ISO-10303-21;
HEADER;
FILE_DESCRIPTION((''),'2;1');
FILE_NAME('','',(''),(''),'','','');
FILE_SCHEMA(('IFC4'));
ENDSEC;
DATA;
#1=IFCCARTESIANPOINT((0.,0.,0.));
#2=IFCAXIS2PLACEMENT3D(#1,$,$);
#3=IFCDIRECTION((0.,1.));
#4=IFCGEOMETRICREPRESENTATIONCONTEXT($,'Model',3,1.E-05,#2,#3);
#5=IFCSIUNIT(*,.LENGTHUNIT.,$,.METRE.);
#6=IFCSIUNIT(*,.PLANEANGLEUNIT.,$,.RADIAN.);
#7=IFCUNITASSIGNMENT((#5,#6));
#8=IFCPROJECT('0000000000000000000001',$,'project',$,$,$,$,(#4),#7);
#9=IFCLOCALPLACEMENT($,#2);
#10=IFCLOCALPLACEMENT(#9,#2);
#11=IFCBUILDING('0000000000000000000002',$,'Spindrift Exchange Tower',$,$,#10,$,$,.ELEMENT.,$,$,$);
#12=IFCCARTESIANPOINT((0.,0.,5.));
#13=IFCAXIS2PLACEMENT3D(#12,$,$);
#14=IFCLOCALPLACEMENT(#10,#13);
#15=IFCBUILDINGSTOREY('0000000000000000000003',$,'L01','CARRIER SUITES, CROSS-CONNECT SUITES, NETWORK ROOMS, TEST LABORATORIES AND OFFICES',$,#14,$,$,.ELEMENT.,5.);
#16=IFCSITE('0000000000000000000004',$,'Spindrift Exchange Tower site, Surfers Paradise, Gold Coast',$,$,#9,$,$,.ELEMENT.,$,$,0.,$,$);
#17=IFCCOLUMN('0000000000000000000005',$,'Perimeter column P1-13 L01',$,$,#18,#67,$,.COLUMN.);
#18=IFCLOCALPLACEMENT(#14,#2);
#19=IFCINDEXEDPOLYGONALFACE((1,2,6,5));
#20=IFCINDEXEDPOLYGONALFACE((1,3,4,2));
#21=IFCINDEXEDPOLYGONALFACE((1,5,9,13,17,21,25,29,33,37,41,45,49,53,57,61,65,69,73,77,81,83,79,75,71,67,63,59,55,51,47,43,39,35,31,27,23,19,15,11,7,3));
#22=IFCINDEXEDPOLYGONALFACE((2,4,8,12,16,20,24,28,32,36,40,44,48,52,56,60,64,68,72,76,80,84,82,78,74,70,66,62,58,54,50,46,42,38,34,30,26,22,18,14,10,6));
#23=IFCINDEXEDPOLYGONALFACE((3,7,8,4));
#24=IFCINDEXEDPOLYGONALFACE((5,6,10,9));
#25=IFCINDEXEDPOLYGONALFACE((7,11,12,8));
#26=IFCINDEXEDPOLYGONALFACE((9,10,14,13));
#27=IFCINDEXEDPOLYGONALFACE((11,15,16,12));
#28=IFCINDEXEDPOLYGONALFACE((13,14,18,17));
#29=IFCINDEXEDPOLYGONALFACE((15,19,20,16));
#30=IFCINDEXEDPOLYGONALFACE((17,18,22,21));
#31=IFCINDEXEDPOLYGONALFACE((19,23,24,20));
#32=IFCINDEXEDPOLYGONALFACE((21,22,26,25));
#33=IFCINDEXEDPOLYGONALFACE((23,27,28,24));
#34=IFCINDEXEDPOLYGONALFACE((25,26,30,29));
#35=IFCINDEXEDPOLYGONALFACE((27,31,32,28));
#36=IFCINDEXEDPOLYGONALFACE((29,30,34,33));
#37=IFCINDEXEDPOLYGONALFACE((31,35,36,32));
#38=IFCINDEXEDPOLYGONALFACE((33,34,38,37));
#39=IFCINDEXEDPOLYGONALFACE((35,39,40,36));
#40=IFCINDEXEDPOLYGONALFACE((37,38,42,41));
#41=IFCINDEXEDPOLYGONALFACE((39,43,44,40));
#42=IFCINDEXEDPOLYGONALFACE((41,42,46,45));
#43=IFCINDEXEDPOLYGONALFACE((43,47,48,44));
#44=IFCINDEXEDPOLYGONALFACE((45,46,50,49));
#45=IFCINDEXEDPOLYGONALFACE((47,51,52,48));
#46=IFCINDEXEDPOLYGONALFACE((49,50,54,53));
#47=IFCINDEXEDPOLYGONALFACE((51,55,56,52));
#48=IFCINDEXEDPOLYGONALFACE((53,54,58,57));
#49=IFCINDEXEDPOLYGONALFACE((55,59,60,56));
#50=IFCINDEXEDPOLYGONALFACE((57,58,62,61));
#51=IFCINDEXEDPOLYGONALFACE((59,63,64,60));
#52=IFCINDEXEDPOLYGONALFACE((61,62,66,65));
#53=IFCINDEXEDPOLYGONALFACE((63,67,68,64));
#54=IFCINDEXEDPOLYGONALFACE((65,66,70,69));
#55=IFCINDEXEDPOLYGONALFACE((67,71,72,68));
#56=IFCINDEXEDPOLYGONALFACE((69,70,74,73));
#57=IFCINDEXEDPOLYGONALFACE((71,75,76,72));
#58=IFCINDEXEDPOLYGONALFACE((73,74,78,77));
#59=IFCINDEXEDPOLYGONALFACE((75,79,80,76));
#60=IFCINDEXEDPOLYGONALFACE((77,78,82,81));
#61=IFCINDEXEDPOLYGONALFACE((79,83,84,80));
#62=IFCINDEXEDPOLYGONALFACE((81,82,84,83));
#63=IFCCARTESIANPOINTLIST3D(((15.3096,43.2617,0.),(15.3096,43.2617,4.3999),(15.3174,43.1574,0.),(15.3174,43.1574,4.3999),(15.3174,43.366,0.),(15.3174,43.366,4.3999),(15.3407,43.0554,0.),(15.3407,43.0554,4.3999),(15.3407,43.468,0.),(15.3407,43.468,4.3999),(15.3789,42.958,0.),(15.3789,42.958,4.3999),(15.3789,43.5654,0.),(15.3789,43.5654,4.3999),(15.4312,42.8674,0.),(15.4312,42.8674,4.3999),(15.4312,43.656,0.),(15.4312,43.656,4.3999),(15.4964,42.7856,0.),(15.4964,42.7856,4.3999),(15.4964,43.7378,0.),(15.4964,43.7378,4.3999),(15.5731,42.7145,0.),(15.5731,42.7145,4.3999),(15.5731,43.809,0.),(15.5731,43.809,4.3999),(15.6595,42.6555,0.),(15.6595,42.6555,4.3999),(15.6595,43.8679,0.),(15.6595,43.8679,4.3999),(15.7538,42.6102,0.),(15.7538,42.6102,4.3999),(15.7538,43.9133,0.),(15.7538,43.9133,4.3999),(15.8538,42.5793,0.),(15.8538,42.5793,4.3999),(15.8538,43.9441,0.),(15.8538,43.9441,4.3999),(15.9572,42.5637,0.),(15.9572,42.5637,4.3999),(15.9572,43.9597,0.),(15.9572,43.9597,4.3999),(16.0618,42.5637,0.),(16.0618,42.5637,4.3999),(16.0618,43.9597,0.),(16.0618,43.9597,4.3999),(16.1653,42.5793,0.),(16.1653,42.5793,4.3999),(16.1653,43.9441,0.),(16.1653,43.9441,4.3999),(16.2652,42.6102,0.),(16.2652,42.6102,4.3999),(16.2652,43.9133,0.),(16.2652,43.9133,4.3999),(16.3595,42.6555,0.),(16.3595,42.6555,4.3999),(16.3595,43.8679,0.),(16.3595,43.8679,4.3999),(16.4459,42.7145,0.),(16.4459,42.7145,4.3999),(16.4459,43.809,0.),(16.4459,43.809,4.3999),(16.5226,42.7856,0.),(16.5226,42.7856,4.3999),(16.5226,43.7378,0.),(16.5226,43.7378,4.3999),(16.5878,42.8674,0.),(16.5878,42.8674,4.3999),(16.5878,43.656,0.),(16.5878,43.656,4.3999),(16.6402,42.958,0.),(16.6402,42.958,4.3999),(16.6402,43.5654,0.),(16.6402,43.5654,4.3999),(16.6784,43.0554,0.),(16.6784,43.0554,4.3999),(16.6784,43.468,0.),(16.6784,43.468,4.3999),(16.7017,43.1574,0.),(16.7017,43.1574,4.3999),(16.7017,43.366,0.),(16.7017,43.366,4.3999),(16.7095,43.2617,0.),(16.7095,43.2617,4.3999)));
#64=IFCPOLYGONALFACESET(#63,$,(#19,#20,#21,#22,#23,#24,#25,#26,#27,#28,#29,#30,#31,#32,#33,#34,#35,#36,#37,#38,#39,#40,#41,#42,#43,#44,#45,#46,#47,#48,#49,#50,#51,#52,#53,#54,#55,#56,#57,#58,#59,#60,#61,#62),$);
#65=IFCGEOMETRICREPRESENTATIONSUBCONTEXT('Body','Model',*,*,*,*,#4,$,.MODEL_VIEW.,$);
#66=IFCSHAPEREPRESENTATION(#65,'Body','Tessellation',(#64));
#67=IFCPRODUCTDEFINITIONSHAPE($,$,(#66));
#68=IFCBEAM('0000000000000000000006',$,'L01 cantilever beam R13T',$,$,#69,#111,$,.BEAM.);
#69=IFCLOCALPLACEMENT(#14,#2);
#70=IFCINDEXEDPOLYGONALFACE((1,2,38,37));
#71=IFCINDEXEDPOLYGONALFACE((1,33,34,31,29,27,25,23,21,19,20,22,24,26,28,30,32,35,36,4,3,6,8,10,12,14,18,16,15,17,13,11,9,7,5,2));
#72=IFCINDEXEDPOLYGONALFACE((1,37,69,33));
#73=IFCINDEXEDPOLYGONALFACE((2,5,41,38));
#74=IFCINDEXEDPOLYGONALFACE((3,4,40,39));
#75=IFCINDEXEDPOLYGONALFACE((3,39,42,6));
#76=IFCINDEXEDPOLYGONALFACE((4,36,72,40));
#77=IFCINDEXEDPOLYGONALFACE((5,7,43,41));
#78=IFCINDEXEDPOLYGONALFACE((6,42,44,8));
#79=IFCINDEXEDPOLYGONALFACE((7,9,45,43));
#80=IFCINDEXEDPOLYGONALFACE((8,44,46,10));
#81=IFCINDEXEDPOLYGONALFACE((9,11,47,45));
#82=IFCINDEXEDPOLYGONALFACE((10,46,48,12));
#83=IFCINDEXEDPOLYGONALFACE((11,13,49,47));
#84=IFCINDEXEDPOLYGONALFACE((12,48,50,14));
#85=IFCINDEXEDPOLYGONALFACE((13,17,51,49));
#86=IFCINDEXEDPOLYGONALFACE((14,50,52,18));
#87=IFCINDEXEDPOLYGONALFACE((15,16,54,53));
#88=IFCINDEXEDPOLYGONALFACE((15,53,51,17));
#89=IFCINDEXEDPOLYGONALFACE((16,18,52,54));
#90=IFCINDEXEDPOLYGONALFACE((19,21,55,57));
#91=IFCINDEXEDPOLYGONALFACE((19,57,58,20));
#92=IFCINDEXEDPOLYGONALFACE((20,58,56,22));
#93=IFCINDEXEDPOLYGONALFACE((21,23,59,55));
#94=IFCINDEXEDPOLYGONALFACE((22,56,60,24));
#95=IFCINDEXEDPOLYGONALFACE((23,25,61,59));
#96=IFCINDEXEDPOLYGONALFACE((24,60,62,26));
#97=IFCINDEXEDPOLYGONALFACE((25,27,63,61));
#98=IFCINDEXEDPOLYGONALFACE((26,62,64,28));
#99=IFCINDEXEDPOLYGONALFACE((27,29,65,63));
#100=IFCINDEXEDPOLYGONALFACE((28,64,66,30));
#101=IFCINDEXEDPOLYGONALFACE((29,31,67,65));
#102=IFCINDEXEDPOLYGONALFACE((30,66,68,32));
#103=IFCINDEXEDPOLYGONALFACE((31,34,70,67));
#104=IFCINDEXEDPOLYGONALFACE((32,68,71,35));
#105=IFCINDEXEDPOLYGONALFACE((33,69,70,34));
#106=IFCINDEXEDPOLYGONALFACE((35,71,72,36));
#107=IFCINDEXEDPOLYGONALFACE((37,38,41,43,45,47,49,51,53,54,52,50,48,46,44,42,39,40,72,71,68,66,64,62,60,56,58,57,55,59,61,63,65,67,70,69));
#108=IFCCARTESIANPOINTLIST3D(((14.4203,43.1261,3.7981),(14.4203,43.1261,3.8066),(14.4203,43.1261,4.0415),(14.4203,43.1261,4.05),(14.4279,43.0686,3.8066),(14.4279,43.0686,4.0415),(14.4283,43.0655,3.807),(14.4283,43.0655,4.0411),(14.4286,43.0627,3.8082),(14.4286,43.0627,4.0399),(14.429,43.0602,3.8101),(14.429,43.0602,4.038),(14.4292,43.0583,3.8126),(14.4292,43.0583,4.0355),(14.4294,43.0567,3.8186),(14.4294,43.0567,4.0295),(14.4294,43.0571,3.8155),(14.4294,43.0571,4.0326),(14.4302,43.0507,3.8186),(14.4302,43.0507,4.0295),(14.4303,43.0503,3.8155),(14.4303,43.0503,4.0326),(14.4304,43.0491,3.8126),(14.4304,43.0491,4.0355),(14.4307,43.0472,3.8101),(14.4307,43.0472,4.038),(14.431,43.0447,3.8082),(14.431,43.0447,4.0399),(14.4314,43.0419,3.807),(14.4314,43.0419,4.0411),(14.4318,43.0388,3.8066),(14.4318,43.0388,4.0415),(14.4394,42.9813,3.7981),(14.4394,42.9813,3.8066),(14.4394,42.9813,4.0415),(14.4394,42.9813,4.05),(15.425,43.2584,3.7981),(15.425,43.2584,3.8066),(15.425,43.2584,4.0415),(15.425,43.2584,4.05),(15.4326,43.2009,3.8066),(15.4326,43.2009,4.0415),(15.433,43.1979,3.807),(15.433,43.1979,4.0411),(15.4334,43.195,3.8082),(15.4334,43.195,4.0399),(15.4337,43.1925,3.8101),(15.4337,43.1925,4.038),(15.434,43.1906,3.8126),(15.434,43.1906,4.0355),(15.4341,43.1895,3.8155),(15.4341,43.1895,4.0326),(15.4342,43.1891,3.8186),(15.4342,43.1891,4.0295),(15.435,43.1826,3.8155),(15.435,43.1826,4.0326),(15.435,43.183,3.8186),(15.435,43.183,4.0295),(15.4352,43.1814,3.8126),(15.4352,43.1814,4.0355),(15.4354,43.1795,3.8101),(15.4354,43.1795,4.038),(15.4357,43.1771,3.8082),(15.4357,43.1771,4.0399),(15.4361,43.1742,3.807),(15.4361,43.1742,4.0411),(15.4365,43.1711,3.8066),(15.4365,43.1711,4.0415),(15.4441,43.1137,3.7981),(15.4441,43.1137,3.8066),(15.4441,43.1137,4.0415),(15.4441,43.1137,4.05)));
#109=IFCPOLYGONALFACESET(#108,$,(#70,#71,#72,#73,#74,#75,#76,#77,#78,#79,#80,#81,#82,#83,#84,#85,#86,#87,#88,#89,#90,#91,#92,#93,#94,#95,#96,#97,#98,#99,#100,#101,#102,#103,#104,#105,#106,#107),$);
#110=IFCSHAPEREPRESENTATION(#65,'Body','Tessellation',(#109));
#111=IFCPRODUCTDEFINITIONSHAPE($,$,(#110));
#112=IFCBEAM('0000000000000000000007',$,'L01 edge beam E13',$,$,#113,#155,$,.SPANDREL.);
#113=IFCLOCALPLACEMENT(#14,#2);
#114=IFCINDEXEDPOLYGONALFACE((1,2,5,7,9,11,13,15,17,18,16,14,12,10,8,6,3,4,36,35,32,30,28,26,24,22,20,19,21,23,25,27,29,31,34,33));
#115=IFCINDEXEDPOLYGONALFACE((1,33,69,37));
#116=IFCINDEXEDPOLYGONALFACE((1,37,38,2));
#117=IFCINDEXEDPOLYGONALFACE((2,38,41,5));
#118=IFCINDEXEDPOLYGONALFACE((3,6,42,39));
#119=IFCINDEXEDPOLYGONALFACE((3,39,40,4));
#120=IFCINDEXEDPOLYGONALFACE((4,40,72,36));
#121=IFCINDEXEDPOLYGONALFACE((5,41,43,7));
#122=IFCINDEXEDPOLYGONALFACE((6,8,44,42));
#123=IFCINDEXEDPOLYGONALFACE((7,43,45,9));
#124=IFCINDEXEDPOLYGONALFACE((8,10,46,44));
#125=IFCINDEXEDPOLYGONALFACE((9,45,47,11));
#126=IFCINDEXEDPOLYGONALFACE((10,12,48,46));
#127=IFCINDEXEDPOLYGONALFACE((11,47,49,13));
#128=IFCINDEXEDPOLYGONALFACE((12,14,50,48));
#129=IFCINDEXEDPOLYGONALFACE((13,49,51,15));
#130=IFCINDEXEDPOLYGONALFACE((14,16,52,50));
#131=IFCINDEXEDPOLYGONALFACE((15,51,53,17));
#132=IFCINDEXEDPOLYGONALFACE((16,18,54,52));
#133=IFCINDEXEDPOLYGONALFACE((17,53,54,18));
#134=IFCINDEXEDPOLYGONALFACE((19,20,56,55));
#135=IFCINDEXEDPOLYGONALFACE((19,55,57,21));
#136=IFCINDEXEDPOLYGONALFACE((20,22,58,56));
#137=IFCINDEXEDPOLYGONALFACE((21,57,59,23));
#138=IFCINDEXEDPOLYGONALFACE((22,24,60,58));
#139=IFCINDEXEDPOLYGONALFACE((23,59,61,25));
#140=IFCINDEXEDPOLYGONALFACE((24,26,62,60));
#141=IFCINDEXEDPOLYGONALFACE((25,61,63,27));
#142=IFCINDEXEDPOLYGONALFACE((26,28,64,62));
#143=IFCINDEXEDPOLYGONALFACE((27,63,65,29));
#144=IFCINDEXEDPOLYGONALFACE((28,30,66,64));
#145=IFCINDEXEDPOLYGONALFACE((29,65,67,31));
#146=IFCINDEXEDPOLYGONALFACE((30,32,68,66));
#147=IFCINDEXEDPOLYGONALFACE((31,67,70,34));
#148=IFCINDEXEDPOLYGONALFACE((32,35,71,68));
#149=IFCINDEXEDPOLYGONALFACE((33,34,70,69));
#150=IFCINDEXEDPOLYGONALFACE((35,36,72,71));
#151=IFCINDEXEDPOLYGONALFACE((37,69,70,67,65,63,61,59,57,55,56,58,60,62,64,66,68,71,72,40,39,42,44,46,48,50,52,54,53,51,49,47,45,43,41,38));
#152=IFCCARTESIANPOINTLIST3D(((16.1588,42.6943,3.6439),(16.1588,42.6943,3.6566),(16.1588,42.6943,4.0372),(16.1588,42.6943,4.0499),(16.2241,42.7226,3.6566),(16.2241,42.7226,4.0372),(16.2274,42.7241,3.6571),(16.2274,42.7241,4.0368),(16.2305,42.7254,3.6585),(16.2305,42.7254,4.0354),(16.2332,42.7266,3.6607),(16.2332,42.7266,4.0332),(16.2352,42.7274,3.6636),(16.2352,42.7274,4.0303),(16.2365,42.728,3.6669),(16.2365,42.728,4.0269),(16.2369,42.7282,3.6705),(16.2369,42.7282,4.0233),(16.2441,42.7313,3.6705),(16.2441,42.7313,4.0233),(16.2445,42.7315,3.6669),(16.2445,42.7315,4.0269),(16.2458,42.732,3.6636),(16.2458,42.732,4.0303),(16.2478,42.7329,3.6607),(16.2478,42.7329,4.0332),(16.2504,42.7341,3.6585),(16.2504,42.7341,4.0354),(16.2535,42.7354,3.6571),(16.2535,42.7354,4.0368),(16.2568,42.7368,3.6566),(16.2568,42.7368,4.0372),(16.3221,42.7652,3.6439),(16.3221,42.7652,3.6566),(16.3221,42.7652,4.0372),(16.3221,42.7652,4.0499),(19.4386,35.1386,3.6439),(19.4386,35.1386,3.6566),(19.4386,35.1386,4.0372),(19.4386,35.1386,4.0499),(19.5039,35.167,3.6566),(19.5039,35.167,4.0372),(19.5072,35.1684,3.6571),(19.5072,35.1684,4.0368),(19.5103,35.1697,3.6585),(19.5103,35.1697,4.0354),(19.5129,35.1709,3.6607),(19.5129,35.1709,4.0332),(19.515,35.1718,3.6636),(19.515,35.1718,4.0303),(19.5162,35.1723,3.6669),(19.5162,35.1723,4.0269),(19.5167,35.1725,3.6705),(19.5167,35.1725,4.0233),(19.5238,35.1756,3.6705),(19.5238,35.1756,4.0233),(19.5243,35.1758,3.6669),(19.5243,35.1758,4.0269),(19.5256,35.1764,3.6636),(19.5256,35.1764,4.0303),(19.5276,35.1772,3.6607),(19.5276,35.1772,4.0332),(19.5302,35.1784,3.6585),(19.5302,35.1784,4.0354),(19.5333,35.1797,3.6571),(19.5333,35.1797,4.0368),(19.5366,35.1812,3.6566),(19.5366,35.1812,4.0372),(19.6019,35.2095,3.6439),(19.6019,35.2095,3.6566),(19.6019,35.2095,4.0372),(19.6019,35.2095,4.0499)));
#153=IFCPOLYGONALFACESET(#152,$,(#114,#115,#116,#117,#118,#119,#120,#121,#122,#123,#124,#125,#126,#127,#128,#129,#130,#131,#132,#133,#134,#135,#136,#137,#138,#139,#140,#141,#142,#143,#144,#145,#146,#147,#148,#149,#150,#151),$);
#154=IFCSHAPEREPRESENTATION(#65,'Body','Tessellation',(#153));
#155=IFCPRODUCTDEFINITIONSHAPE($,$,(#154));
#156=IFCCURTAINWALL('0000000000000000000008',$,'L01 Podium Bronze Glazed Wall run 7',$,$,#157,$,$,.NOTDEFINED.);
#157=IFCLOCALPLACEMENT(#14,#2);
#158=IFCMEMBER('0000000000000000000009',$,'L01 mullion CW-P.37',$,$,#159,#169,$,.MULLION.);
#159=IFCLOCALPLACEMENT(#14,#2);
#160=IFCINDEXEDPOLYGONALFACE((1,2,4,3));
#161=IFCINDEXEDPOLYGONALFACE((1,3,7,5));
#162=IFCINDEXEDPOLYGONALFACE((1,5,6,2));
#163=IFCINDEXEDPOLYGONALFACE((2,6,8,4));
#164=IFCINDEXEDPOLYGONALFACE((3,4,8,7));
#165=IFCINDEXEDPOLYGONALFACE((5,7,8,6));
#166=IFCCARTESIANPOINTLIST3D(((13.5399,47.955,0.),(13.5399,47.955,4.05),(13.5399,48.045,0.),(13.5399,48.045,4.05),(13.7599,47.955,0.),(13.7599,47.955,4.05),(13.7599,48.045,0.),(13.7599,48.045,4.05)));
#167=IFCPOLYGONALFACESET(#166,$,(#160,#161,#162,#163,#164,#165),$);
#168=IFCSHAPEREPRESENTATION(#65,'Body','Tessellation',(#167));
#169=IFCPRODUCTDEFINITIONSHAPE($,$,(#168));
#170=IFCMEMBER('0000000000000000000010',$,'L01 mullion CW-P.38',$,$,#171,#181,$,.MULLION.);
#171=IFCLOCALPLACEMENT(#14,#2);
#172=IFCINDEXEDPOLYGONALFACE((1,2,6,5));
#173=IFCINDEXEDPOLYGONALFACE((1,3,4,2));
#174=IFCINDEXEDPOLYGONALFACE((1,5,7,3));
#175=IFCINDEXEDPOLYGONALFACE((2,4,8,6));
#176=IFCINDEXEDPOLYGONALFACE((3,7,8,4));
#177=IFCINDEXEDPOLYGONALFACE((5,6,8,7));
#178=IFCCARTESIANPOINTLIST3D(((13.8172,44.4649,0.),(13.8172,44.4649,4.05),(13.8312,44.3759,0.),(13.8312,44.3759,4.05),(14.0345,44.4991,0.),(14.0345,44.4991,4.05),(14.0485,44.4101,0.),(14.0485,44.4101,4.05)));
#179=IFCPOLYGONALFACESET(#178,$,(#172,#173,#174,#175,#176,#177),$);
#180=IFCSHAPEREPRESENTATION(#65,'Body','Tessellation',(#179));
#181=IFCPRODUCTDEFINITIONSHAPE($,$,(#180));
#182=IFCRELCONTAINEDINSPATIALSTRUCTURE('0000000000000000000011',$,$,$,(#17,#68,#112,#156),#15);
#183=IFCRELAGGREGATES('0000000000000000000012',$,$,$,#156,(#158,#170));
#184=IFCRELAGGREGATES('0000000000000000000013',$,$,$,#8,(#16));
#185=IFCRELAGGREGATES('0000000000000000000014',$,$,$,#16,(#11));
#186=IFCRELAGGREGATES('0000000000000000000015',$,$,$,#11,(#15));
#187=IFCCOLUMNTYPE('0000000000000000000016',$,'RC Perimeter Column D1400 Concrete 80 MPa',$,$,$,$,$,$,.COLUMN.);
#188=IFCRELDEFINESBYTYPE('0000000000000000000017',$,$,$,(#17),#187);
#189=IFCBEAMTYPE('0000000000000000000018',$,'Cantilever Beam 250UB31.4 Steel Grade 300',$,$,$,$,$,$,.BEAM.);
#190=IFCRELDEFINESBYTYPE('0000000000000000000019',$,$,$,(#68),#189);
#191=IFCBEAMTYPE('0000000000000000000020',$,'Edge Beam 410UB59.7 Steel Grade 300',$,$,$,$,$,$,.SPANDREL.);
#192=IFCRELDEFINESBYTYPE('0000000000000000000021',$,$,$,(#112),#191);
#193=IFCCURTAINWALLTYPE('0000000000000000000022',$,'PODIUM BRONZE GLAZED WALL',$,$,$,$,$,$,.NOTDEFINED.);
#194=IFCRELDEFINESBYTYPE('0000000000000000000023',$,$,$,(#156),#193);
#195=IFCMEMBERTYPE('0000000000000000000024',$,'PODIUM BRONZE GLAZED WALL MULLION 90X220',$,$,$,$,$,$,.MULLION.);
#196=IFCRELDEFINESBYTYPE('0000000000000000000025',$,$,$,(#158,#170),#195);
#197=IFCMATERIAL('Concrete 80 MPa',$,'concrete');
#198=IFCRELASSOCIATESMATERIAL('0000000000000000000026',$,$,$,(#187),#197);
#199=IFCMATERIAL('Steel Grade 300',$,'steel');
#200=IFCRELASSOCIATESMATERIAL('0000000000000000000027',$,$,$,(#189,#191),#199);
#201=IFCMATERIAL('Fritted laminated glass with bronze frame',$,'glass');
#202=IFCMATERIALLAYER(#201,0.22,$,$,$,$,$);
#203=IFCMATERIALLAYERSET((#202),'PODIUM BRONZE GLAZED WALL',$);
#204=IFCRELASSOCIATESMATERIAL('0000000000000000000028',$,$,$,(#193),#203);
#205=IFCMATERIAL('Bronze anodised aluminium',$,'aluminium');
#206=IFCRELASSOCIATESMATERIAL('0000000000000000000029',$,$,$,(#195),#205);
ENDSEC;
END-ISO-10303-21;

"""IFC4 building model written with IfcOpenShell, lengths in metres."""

from ifc_helpers import new_model, si_unit, direction, frame, origin, origin_2d, place, context, subcontext, project, spatial, rectangle, circle, i_section, extrude, source, transform, mapped, material, layer, layer_set, material_profile, profile_set, type_object, element, aggregate, save


model = new_model("IFC4")

# Units and contexts
model_context = context("Model", 3, precision=1e-05, world=origin(), true_north=direction((0.0, 1.0)))
body_context = subcontext(model_context, "Body", "Model", "MODEL_VIEW")
ifc_project = project(units=[si_unit("LENGTHUNIT", "METRE"), si_unit("PLANEANGLEUNIT", "RADIAN")], contexts=[model_context])

# Site, building, storey
site_placement = place(None, origin())
site = spatial("IfcSite", under=ifc_project, at=site_placement, Name="Spindrift Exchange Tower site, Surfers Paradise, Gold Coast", CompositionType="ELEMENT", RefElevation=0.0)
building_placement = place(site_placement, origin())
building = spatial("IfcBuilding", under=site, at=building_placement, Name="Spindrift Exchange Tower", CompositionType="ELEMENT")
storey_placement = place(building_placement, frame((0.0, 0.0, 5.0)))
storey = spatial("IfcBuildingStorey", under=building, at=storey_placement, Name="L01", Description="CARRIER SUITES, CROSS-CONNECT SUITES, NETWORK ROOMS, TEST LABORATORIES AND OFFICES", CompositionType="ELEMENT", Elevation=5.0)

# Column
ifc_material_1 = material(Name="Concrete 80 MPa", Category="concrete")
ifc_material_profile_1 = material_profile(ifc_material_1, circle(Radius=0.7, at=origin_2d()), Name="RC D1400")
ifc_profile_set_1 = profile_set([ifc_material_profile_1], Name="Concrete 80 MPa")
column_type = type_object("IfcColumnType", Name="RC Perimeter Column D1400 Concrete 80 MPa", PredefinedType="COLUMN", material=ifc_profile_set_1)
shared_shape_1 = source(origin(), body_context, "Body", "SweptSolid", [
    extrude(circle(Radius=0.7, at=origin_2d()), origin(), (0.0, 0.0, 1.0), 4.3999),
])
column_placement = place(storey_placement, frame((16.0095, 43.2617, 0.0), z_axis=(0.0, 0.0, 1.0), x_axis=(1.0, 0.0, 0.0)))
element("IfcColumn", 1, at=column_placement, inside=storey, type_object=column_type, Name="Perimeter column P1-13 L01", PredefinedType="COLUMN", context=body_context, shape_type="MappedRepresentation", body=[
    mapped(shared_shape_1, transform((0.0, 0.0, 0.0), scale=1.0)),
])

# Beams
ifc_material_2 = material(Name="Steel Grade 300", Category="steel")
ifc_material_profile_2 = material_profile(ifc_material_2, i_section(OverallWidth=0.146, OverallDepth=0.252, WebThickness=0.0061, FlangeThickness=0.0085, FilletRadius=0.012, at=origin_2d()), Name="250UB31.4")
ifc_profile_set_2 = profile_set([ifc_material_profile_2], Name="Steel Grade 300")
beam_type_1 = type_object("IfcBeamType", Name="Cantilever Beam 250UB31.4 Steel Grade 300", PredefinedType="BEAM", material=ifc_profile_set_2)
shared_shape_2 = source(origin(), body_context, "Body", "SweptSolid", [
    extrude(i_section(OverallWidth=0.146, OverallDepth=0.252, WebThickness=0.0061, FlangeThickness=0.0085, FilletRadius=0.012, at=origin_2d()), origin(), (0.0, 0.0, 1.0), 1.0134),
])
beam_1_placement = place(storey_placement, frame((15.4346, 43.186, 3.9241), z_axis=(-0.991437, -0.130585, 0.0), x_axis=(0.130585, -0.991437, 0.0)))
element("IfcBeam", 2, at=beam_1_placement, inside=storey, type_object=beam_type_1, Name="L01 cantilever beam R13T", PredefinedType="BEAM", context=body_context, shape_type="MappedRepresentation", body=[
    mapped(shared_shape_2, transform((0.0, 0.0, 0.0), scale=1.0)),
])
ifc_material_profile_3 = material_profile(ifc_material_2, i_section(OverallWidth=0.178, OverallDepth=0.406, WebThickness=0.0078, FlangeThickness=0.0127, FilletRadius=0.0139, at=origin_2d()), Name="410UB59.7")
ifc_profile_set_3 = profile_set([ifc_material_profile_3], Name="Steel Grade 300")
beam_type_2 = type_object("IfcBeamType", Name="Edge Beam 410UB59.7 Steel Grade 300", PredefinedType="SPANDREL", material=ifc_profile_set_3)
shared_shape_3 = source(origin(), body_context, "Body", "SweptSolid", [
    extrude(i_section(OverallWidth=0.178, OverallDepth=0.406, WebThickness=0.0078, FlangeThickness=0.0127, FilletRadius=0.0139, at=origin_2d()), origin(), (0.0, 0.0, 1.0), 8.2368),
])
beam_2_placement = place(storey_placement, frame((16.2405, 42.7297, 3.8469), z_axis=(0.398186, -0.917305, 0.0), x_axis=(0.917305, 0.398186, 0.0)))
element("IfcBeam", 3, at=beam_2_placement, inside=storey, type_object=beam_type_2, Name="L01 edge beam E13", PredefinedType="SPANDREL", context=body_context, shape_type="MappedRepresentation", body=[
    mapped(shared_shape_3, transform((0.0, 0.0, 0.0), scale=1.0)),
])

# Curtain wall, members
ifc_material_3 = material(Name="Fritted laminated glass with bronze frame", Category="glass")
ifc_layer_1 = layer(ifc_material_3, 0.22)
ifc_layer_set_1 = layer_set([ifc_layer_1], Name="PODIUM BRONZE GLAZED WALL")
curtain_wall_type = type_object("IfcCurtainWallType", Name="PODIUM BRONZE GLAZED WALL", PredefinedType="NOTDEFINED", material=ifc_layer_set_1)
curtain_wall_placement = place(storey_placement, origin())
curtain_wall = element("IfcCurtainWall", 4, at=curtain_wall_placement, inside=storey, type_object=curtain_wall_type, Name="L01 Podium Bronze Glazed Wall run 7", PredefinedType="NOTDEFINED")
ifc_material_4 = material(Name="Bronze anodised aluminium", Category="aluminium")
ifc_material_profile_4 = material_profile(ifc_material_4, rectangle(XDim=0.0901, YDim=0.22, at=origin_2d()), Name="PODIUM BRONZE GLAZED WALL MULLION 90X220")
ifc_profile_set_4 = profile_set([ifc_material_profile_4], Name="Bronze anodised aluminium")
member_type_1 = type_object("IfcMemberType", Name="PODIUM BRONZE GLAZED WALL MULLION 90X220", PredefinedType="MULLION", material=ifc_profile_set_4)
shared_shape_4 = source(origin(), body_context, "Body", "SweptSolid", [
    extrude(rectangle(XDim=0.0901, YDim=0.22, at=origin_2d()), origin(), (0.0, 0.0, 1.0), 4.05),
])
member_1_placement = place(storey_placement, frame((13.6499, 48.0, 0.0), z_axis=(0.0, 0.0, 1.0), x_axis=(0.0, -1.0, 0.0)))
member_1 = element("IfcMember", 5, at=member_1_placement, type_object=member_type_1, Name="L01 mullion CW-P.37", PredefinedType="MULLION", context=body_context, shape_type="MappedRepresentation", body=[
    mapped(shared_shape_4, transform((0.0, 0.0, 0.0), scale=1.0)),
])
member_2_placement = place(storey_placement, frame((13.9329, 44.4375, 0.0), z_axis=(0.0, 0.0, 1.0), x_axis=(0.155743, -0.987798, 0.0)))
member_2 = element("IfcMember", 6, at=member_2_placement, type_object=member_type_1, Name="L01 mullion CW-P.38", PredefinedType="MULLION", context=body_context, shape_type="MappedRepresentation", body=[
    mapped(shared_shape_4, transform((0.0, 0.0, 0.0), scale=1.0)),
])
aggregate(curtain_wall, [member_1, member_2])

save(model, "model.ifc")
